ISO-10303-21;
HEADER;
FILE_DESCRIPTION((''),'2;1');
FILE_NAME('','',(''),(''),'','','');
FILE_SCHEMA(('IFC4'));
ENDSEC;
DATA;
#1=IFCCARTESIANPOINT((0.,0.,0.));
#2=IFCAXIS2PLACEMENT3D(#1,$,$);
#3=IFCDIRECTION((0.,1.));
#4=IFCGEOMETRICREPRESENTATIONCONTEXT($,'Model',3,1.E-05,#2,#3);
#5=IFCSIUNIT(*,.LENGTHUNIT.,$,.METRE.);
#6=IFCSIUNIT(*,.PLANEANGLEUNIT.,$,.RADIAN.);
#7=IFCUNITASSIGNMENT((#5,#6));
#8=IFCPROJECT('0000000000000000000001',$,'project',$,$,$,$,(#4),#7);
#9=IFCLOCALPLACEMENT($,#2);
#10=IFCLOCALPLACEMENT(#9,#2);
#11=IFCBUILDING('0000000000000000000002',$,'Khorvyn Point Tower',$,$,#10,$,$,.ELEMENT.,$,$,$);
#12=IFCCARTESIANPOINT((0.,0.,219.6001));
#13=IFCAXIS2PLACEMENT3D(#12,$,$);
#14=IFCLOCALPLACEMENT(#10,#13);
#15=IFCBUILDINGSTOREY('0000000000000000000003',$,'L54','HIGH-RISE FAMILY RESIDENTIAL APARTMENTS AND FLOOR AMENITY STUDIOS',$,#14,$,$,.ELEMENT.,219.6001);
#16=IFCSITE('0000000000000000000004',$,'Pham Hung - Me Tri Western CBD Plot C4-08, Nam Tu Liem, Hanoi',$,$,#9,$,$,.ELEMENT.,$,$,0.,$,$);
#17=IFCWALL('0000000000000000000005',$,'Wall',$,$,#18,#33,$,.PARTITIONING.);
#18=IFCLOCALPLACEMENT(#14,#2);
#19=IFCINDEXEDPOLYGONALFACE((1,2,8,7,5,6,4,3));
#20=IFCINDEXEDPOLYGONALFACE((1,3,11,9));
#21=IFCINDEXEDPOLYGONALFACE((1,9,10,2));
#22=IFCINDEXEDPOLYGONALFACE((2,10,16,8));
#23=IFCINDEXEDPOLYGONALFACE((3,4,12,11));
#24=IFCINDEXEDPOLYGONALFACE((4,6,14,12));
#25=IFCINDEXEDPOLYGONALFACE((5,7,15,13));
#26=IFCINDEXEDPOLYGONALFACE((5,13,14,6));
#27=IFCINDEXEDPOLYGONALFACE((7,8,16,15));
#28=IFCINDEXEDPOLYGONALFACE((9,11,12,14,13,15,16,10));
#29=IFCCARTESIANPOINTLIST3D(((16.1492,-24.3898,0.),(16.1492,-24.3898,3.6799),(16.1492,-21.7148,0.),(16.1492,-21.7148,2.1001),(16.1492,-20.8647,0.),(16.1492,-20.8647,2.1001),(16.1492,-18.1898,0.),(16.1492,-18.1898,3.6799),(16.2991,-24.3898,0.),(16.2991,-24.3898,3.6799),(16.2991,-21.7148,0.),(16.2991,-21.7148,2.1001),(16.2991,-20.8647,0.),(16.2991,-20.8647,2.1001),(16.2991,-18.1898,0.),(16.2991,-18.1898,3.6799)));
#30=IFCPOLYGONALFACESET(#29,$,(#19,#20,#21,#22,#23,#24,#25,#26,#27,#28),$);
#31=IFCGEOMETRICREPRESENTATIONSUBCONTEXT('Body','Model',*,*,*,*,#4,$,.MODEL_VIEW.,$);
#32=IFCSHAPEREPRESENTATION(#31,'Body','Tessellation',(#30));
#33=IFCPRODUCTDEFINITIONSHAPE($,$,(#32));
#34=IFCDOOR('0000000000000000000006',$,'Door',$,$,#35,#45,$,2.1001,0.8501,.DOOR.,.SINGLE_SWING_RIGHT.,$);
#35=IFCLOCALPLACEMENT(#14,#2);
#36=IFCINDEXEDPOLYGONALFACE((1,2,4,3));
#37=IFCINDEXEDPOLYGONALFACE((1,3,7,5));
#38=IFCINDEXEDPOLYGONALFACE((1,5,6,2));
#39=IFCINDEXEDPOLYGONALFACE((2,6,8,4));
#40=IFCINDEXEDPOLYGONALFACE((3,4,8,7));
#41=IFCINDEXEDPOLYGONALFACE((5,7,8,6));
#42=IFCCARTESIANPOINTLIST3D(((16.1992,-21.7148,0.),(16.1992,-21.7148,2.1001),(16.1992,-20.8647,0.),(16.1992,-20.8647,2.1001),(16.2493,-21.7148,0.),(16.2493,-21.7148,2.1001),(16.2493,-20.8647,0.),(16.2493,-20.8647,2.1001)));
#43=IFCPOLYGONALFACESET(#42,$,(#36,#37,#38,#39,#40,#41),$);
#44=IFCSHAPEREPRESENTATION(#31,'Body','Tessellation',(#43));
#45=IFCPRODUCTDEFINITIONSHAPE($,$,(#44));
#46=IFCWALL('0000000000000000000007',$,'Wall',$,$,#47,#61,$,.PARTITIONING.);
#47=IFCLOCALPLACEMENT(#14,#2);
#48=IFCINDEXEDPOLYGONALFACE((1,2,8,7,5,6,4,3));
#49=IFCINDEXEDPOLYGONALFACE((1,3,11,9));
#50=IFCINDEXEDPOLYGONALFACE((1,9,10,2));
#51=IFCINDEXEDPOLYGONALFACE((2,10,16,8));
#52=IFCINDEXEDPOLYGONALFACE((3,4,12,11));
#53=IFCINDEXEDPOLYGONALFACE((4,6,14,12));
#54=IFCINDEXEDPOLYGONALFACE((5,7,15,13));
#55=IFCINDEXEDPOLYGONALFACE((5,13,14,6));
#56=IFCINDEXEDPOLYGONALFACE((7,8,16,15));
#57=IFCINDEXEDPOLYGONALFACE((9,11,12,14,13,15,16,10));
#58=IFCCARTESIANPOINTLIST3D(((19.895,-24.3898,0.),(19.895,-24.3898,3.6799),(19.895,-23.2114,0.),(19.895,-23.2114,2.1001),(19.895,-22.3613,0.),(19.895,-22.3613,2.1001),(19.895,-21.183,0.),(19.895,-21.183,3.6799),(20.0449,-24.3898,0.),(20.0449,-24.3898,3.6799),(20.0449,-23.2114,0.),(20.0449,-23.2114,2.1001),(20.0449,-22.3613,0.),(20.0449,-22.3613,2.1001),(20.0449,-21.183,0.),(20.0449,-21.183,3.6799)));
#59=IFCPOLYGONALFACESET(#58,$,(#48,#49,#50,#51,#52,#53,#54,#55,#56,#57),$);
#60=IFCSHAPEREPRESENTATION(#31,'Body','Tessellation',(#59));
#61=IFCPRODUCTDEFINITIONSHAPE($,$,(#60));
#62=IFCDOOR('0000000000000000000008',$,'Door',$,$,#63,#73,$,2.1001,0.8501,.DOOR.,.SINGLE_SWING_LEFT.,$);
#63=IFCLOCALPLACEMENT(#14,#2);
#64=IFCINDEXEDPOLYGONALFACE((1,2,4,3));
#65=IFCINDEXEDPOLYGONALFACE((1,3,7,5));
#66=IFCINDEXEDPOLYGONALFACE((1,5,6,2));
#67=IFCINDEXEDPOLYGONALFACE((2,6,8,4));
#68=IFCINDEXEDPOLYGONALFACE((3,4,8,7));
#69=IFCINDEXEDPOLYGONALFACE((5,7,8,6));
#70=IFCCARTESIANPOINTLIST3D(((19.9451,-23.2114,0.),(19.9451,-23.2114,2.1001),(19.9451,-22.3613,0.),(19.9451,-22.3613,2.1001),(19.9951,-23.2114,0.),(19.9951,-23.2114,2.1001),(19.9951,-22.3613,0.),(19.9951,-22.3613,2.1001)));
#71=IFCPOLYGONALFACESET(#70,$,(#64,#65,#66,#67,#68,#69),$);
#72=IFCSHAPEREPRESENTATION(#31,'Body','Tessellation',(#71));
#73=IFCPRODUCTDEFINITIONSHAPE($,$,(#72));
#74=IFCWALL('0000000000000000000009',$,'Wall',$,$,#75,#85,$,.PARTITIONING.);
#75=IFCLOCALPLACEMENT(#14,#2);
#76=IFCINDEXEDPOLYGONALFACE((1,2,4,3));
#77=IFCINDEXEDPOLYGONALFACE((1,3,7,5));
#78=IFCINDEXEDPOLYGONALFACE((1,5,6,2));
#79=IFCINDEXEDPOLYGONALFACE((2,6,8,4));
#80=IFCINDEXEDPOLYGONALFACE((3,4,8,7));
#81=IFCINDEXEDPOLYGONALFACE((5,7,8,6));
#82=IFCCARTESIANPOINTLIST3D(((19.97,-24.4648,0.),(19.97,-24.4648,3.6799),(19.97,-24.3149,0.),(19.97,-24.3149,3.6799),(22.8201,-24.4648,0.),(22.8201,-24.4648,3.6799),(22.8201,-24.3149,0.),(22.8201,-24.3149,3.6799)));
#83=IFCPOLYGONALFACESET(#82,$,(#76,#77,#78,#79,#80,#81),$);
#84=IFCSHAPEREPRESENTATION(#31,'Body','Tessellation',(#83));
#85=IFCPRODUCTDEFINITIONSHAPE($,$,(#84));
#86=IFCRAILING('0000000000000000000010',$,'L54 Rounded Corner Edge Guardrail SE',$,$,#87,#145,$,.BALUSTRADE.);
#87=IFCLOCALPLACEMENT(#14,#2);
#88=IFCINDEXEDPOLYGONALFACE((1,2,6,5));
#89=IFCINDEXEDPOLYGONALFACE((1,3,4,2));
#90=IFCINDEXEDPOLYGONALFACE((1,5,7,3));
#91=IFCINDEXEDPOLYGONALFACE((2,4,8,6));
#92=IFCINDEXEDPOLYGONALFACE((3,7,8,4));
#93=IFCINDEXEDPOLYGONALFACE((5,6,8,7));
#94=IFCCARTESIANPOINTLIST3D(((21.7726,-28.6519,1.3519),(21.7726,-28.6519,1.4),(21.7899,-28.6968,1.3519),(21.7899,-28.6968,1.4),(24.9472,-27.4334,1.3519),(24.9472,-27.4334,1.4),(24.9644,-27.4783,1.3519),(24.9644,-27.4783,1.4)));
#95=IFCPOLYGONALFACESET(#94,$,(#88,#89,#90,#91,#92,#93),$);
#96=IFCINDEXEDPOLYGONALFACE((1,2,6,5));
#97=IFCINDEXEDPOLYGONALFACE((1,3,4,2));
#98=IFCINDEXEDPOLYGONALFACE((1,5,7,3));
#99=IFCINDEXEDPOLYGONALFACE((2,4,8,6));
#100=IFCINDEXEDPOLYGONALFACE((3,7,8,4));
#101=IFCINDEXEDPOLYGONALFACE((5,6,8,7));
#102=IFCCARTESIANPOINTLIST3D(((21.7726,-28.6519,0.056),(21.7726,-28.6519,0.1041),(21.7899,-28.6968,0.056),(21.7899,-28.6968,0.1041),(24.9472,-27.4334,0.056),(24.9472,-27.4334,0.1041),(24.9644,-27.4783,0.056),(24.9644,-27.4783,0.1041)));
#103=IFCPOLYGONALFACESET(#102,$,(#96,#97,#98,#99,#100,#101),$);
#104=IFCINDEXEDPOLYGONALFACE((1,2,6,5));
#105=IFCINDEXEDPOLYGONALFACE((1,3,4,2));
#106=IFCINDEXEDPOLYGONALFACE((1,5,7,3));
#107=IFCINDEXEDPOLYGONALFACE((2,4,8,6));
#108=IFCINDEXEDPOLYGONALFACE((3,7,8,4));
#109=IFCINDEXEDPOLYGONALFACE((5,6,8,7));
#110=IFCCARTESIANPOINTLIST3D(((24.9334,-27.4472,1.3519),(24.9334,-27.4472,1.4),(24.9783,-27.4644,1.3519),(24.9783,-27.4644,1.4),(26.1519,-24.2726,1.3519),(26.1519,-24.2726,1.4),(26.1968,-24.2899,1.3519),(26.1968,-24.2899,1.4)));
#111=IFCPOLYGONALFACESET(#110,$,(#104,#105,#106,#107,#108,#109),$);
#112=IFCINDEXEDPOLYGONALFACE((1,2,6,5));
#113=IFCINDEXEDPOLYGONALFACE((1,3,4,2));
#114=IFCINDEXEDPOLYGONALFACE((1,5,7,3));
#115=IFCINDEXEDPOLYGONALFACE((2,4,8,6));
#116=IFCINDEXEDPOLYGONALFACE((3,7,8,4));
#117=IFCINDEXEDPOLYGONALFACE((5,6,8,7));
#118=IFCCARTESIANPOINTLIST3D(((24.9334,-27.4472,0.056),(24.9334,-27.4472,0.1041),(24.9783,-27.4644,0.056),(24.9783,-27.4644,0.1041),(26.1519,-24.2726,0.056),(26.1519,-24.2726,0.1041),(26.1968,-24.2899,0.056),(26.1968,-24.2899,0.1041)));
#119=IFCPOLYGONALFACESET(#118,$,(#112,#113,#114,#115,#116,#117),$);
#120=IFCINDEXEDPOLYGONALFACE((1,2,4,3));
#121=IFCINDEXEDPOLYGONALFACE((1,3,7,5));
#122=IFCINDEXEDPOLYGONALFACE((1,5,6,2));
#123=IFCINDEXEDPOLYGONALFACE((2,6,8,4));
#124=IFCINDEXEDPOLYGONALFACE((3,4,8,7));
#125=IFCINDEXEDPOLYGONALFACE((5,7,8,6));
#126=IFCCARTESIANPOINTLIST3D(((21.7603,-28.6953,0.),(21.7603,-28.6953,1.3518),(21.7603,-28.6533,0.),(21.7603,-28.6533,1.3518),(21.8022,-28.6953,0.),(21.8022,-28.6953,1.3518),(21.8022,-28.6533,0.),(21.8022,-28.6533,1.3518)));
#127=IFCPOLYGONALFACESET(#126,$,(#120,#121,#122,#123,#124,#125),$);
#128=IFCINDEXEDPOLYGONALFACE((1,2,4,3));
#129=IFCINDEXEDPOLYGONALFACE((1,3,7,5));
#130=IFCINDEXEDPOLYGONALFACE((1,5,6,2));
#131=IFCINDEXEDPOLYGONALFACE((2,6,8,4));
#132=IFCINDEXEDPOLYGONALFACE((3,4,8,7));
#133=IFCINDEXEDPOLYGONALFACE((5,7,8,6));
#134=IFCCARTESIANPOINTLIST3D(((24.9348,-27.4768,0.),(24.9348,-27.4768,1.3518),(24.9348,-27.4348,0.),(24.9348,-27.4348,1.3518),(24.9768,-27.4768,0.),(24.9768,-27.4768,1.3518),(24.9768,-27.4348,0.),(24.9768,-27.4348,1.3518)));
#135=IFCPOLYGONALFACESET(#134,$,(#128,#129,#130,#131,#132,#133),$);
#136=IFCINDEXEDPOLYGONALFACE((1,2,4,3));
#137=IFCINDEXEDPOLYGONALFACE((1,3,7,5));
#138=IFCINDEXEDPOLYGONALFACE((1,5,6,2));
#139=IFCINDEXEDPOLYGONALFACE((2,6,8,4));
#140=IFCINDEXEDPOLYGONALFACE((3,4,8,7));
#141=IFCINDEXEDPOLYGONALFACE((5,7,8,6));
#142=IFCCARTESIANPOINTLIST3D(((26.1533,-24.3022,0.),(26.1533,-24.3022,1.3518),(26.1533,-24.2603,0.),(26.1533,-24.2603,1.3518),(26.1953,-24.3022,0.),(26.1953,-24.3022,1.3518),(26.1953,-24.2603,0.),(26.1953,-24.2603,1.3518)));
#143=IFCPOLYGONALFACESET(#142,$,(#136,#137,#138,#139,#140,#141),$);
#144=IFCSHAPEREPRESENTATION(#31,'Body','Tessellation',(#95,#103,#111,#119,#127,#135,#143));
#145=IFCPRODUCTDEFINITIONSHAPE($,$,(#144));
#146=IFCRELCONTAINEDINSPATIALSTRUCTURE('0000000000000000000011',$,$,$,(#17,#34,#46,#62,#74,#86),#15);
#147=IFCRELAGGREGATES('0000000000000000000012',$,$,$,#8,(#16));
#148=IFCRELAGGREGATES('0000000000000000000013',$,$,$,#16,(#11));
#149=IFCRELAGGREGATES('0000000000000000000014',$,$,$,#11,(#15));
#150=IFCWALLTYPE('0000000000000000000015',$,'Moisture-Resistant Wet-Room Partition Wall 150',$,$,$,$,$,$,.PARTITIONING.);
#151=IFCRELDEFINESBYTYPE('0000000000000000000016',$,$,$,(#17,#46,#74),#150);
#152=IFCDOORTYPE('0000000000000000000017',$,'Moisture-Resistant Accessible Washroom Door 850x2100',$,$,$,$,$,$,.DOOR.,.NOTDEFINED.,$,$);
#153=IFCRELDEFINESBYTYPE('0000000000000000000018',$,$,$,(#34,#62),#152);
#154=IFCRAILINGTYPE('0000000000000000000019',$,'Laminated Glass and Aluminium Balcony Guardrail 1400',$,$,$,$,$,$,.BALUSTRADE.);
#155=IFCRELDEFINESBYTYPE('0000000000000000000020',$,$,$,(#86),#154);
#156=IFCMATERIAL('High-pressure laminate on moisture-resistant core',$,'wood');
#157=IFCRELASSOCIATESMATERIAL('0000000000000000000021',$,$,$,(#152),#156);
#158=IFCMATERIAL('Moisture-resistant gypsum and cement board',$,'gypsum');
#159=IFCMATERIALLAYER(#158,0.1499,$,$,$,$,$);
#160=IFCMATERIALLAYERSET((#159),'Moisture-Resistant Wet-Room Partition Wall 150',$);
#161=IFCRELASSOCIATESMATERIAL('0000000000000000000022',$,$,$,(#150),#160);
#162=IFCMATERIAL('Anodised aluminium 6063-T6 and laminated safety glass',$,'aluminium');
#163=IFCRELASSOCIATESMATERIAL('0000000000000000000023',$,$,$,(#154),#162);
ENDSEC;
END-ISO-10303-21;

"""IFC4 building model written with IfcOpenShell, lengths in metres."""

from ifc_helpers import new_model, si_unit, direction, frame, frame_2d, origin, origin_2d, place, context, subcontext, project, spatial, rectangle, extrude, material, layer, layer_set, type_object, element, fill, save


model = new_model("IFC4")

# Units and contexts
model_context = context("Model", 3, precision=1e-05, world=origin(), true_north=direction((0.0, 1.0)))
body_context = subcontext(model_context, "Body", "Model", "MODEL_VIEW")
ifc_project = project(units=[si_unit("LENGTHUNIT", "METRE"), si_unit("PLANEANGLEUNIT", "RADIAN")], contexts=[model_context])

# Site, building, storey
site_placement = place(None, origin())
site = spatial("IfcSite", under=ifc_project, at=site_placement, Name="Pham Hung - Me Tri Western CBD Plot C4-08, Nam Tu Liem, Hanoi", CompositionType="ELEMENT", RefElevation=0.0)
building_placement = place(site_placement, origin())
building = spatial("IfcBuilding", under=site, at=building_placement, Name="Khorvyn Point Tower", CompositionType="ELEMENT")
storey_placement = place(building_placement, frame((0.0, 0.0, 219.6001)))
storey = spatial("IfcBuildingStorey", under=building, at=storey_placement, Name="L54", Description="HIGH-RISE FAMILY RESIDENTIAL APARTMENTS AND FLOOR AMENITY STUDIOS", CompositionType="ELEMENT", Elevation=219.6001)

# Walls, openings, doors
ifc_material_1 = material(Name="High-pressure laminate on moisture-resistant core", Category="wood")
door_type_1 = type_object("IfcDoorType", Name="Moisture-Resistant Accessible Washroom Door 850x2100", OperationType="NOTDEFINED", PredefinedType="DOOR", material=ifc_material_1)
ifc_material_2 = material(Name="Moisture-resistant gypsum and cement board", Category="gypsum")
ifc_layer_1 = layer(ifc_material_2, 0.1499)
ifc_layer_set_1 = layer_set([ifc_layer_1], Name="Moisture-Resistant Wet-Room Partition Wall 150")
wall_type_1 = type_object("IfcWallType", Name="Moisture-Resistant Wet-Room Partition Wall 150", PredefinedType="PARTITIONING", material=ifc_layer_set_1)
wall_1_placement = place(storey_placement, frame((16.2241, -24.3899, 0.0), z_axis=(0.0, 0.0, 1.0), x_axis=(0.0, 1.0, 0.0)))
wall_1 = element("IfcWall", 1, at=wall_1_placement, inside=storey, type_object=wall_type_1, Name="Wall", PredefinedType="PARTITIONING", context=body_context, shape_type="SweptSolid", body=[
    extrude(rectangle(XDim=6.2, YDim=0.1499, at=frame_2d((3.1001, 0.0))), origin(), (0.0, 0.0, 1.0), 3.6799),
])
opening_1_placement = place(wall_1_placement, frame((2.675, 0.0, 0.0)))
opening_1 = element("IfcOpeningElement", 2, at=opening_1_placement, cuts=wall_1, PredefinedType="OPENING", context=body_context, shape_type="SweptSolid", body=[
    extrude(rectangle(XDim=0.8501, YDim=2.1001, at=frame_2d((0.425, 1.05))), frame((0.0, 0.085, 0.0), z_axis=(0.0, -1.0, 0.0), x_axis=(1.0, 0.0, 0.0)), (0.0, 0.0, 1.0), 0.1699),
])
door_1_placement = place(opening_1_placement, origin())
door_1 = element("IfcDoor", 3, at=door_1_placement, inside=storey, type_object=door_type_1, Name="Door", OperationType="SINGLE_SWING_RIGHT", OverallHeight=2.1001, OverallWidth=0.8501, PredefinedType="DOOR", context=body_context, shape_type="SweptSolid", body=[
    extrude(rectangle(XDim=0.8501, YDim=2.1001, at=frame_2d((0.425, 1.05))), frame((0.0, 0.0249, 0.0), z_axis=(0.0, -1.0, 0.0), x_axis=(1.0, 0.0, 0.0)), (0.0, 0.0, 1.0), 0.05),
])
fill(opening_1, door_1)
wall_2_placement = place(storey_placement, frame((19.97, -24.3899, 0.0), z_axis=(0.0, 0.0, 1.0), x_axis=(0.0, 1.0, 0.0)))
wall_2 = element("IfcWall", 4, at=wall_2_placement, inside=storey, type_object=wall_type_1, Name="Wall", PredefinedType="PARTITIONING", context=body_context, shape_type="SweptSolid", body=[
    extrude(rectangle(XDim=3.2068, YDim=0.1499, at=frame_2d((1.6035, 0.0))), origin(), (0.0, 0.0, 1.0), 3.6799),
])
opening_2_placement = place(wall_2_placement, frame((1.1785, 0.0, 0.0)))
opening_2 = element("IfcOpeningElement", 5, at=opening_2_placement, cuts=wall_2, PredefinedType="OPENING", context=body_context, shape_type="SweptSolid", body=[
    extrude(rectangle(XDim=0.8501, YDim=2.1001, at=frame_2d((0.425, 1.05))), frame((0.0, 0.085, 0.0), z_axis=(0.0, -1.0, 0.0), x_axis=(1.0, 0.0, 0.0)), (0.0, 0.0, 1.0), 0.1699),
])
door_2_placement = place(opening_2_placement, origin())
door_2 = element("IfcDoor", 6, at=door_2_placement, inside=storey, type_object=door_type_1, Name="Door", OperationType="SINGLE_SWING_LEFT", OverallHeight=2.1001, OverallWidth=0.8501, PredefinedType="DOOR", context=body_context, shape_type="SweptSolid", body=[
    extrude(rectangle(XDim=0.8501, YDim=2.1001, at=frame_2d((0.425, 1.05))), frame((0.0, 0.0249, 0.0), z_axis=(0.0, -1.0, 0.0), x_axis=(1.0, 0.0, 0.0)), (0.0, 0.0, 1.0), 0.05),
])
fill(opening_2, door_2)

# Wall
wall_3_placement = place(storey_placement, frame((19.97, -24.3899, 0.0), z_axis=(0.0, 0.0, 1.0), x_axis=(1.0, 0.0, 0.0)))
element("IfcWall", 7, at=wall_3_placement, inside=storey, type_object=wall_type_1, Name="Wall", PredefinedType="PARTITIONING", context=body_context, shape_type="SweptSolid", body=[
    extrude(rectangle(XDim=2.8501, YDim=0.1499, at=frame_2d((1.425, 0.0))), origin(), (0.0, 0.0, 1.0), 3.6799),
])

# Railing
ifc_material_3 = material(Name="Anodised aluminium 6063-T6 and laminated safety glass", Category="aluminium")
railing_type = type_object("IfcRailingType", Name="Laminated Glass and Aluminium Balcony Guardrail 1400", PredefinedType="BALUSTRADE", material=ifc_material_3)
railing_1_placement = place(storey_placement, frame((21.7812, -28.6743, 0.0)))
element("IfcRailing", 8, at=railing_1_placement, inside=storey, type_object=railing_type, Name="L54 Rounded Corner Edge Guardrail SE", PredefinedType="BALUSTRADE", context=body_context, shape_type="SweptSolid", body=[
    extrude(rectangle(XDim=0.0481, YDim=0.0481, at=origin_2d()), frame((0.0, 0.0, 1.376), z_axis=(0.93359, 0.358344, 0.0), x_axis=(-0.358344, 0.93359, 0.0)), (0.0, 0.0, 1.0), 3.4004),
    extrude(rectangle(XDim=0.0481, YDim=0.0481, at=origin_2d()), frame((0.0, 0.0, 0.0801), z_axis=(0.93359, 0.358344, 0.0), x_axis=(-0.358344, 0.93359, 0.0)), (0.0, 0.0, 1.0), 3.4004),
    extrude(rectangle(XDim=0.0481, YDim=0.0481, at=origin_2d()), frame((3.1746, 1.2185, 1.376), z_axis=(0.358344, 0.93359, 0.0), x_axis=(-0.93359, 0.358344, 0.0)), (0.0, 0.0, 1.0), 3.4004),
    extrude(rectangle(XDim=0.0481, YDim=0.0481, at=origin_2d()), frame((3.1746, 1.2185, 0.0801), z_axis=(0.358344, 0.93359, 0.0), x_axis=(-0.93359, 0.358344, 0.0)), (0.0, 0.0, 1.0), 3.4004),
    extrude(rectangle(XDim=0.042, YDim=0.042, at=origin_2d()), origin(), (0.0, 0.0, 1.0), 1.3518),
    extrude(rectangle(XDim=0.042, YDim=0.042, at=origin_2d()), frame((3.1746, 1.2185, 0.0)), (0.0, 0.0, 1.0), 1.3518),
    extrude(rectangle(XDim=0.042, YDim=0.042, at=origin_2d()), frame((4.3931, 4.3931, 0.0)), (0.0, 0.0, 1.0), 1.3518),
])

save(model, "model.ifc")
